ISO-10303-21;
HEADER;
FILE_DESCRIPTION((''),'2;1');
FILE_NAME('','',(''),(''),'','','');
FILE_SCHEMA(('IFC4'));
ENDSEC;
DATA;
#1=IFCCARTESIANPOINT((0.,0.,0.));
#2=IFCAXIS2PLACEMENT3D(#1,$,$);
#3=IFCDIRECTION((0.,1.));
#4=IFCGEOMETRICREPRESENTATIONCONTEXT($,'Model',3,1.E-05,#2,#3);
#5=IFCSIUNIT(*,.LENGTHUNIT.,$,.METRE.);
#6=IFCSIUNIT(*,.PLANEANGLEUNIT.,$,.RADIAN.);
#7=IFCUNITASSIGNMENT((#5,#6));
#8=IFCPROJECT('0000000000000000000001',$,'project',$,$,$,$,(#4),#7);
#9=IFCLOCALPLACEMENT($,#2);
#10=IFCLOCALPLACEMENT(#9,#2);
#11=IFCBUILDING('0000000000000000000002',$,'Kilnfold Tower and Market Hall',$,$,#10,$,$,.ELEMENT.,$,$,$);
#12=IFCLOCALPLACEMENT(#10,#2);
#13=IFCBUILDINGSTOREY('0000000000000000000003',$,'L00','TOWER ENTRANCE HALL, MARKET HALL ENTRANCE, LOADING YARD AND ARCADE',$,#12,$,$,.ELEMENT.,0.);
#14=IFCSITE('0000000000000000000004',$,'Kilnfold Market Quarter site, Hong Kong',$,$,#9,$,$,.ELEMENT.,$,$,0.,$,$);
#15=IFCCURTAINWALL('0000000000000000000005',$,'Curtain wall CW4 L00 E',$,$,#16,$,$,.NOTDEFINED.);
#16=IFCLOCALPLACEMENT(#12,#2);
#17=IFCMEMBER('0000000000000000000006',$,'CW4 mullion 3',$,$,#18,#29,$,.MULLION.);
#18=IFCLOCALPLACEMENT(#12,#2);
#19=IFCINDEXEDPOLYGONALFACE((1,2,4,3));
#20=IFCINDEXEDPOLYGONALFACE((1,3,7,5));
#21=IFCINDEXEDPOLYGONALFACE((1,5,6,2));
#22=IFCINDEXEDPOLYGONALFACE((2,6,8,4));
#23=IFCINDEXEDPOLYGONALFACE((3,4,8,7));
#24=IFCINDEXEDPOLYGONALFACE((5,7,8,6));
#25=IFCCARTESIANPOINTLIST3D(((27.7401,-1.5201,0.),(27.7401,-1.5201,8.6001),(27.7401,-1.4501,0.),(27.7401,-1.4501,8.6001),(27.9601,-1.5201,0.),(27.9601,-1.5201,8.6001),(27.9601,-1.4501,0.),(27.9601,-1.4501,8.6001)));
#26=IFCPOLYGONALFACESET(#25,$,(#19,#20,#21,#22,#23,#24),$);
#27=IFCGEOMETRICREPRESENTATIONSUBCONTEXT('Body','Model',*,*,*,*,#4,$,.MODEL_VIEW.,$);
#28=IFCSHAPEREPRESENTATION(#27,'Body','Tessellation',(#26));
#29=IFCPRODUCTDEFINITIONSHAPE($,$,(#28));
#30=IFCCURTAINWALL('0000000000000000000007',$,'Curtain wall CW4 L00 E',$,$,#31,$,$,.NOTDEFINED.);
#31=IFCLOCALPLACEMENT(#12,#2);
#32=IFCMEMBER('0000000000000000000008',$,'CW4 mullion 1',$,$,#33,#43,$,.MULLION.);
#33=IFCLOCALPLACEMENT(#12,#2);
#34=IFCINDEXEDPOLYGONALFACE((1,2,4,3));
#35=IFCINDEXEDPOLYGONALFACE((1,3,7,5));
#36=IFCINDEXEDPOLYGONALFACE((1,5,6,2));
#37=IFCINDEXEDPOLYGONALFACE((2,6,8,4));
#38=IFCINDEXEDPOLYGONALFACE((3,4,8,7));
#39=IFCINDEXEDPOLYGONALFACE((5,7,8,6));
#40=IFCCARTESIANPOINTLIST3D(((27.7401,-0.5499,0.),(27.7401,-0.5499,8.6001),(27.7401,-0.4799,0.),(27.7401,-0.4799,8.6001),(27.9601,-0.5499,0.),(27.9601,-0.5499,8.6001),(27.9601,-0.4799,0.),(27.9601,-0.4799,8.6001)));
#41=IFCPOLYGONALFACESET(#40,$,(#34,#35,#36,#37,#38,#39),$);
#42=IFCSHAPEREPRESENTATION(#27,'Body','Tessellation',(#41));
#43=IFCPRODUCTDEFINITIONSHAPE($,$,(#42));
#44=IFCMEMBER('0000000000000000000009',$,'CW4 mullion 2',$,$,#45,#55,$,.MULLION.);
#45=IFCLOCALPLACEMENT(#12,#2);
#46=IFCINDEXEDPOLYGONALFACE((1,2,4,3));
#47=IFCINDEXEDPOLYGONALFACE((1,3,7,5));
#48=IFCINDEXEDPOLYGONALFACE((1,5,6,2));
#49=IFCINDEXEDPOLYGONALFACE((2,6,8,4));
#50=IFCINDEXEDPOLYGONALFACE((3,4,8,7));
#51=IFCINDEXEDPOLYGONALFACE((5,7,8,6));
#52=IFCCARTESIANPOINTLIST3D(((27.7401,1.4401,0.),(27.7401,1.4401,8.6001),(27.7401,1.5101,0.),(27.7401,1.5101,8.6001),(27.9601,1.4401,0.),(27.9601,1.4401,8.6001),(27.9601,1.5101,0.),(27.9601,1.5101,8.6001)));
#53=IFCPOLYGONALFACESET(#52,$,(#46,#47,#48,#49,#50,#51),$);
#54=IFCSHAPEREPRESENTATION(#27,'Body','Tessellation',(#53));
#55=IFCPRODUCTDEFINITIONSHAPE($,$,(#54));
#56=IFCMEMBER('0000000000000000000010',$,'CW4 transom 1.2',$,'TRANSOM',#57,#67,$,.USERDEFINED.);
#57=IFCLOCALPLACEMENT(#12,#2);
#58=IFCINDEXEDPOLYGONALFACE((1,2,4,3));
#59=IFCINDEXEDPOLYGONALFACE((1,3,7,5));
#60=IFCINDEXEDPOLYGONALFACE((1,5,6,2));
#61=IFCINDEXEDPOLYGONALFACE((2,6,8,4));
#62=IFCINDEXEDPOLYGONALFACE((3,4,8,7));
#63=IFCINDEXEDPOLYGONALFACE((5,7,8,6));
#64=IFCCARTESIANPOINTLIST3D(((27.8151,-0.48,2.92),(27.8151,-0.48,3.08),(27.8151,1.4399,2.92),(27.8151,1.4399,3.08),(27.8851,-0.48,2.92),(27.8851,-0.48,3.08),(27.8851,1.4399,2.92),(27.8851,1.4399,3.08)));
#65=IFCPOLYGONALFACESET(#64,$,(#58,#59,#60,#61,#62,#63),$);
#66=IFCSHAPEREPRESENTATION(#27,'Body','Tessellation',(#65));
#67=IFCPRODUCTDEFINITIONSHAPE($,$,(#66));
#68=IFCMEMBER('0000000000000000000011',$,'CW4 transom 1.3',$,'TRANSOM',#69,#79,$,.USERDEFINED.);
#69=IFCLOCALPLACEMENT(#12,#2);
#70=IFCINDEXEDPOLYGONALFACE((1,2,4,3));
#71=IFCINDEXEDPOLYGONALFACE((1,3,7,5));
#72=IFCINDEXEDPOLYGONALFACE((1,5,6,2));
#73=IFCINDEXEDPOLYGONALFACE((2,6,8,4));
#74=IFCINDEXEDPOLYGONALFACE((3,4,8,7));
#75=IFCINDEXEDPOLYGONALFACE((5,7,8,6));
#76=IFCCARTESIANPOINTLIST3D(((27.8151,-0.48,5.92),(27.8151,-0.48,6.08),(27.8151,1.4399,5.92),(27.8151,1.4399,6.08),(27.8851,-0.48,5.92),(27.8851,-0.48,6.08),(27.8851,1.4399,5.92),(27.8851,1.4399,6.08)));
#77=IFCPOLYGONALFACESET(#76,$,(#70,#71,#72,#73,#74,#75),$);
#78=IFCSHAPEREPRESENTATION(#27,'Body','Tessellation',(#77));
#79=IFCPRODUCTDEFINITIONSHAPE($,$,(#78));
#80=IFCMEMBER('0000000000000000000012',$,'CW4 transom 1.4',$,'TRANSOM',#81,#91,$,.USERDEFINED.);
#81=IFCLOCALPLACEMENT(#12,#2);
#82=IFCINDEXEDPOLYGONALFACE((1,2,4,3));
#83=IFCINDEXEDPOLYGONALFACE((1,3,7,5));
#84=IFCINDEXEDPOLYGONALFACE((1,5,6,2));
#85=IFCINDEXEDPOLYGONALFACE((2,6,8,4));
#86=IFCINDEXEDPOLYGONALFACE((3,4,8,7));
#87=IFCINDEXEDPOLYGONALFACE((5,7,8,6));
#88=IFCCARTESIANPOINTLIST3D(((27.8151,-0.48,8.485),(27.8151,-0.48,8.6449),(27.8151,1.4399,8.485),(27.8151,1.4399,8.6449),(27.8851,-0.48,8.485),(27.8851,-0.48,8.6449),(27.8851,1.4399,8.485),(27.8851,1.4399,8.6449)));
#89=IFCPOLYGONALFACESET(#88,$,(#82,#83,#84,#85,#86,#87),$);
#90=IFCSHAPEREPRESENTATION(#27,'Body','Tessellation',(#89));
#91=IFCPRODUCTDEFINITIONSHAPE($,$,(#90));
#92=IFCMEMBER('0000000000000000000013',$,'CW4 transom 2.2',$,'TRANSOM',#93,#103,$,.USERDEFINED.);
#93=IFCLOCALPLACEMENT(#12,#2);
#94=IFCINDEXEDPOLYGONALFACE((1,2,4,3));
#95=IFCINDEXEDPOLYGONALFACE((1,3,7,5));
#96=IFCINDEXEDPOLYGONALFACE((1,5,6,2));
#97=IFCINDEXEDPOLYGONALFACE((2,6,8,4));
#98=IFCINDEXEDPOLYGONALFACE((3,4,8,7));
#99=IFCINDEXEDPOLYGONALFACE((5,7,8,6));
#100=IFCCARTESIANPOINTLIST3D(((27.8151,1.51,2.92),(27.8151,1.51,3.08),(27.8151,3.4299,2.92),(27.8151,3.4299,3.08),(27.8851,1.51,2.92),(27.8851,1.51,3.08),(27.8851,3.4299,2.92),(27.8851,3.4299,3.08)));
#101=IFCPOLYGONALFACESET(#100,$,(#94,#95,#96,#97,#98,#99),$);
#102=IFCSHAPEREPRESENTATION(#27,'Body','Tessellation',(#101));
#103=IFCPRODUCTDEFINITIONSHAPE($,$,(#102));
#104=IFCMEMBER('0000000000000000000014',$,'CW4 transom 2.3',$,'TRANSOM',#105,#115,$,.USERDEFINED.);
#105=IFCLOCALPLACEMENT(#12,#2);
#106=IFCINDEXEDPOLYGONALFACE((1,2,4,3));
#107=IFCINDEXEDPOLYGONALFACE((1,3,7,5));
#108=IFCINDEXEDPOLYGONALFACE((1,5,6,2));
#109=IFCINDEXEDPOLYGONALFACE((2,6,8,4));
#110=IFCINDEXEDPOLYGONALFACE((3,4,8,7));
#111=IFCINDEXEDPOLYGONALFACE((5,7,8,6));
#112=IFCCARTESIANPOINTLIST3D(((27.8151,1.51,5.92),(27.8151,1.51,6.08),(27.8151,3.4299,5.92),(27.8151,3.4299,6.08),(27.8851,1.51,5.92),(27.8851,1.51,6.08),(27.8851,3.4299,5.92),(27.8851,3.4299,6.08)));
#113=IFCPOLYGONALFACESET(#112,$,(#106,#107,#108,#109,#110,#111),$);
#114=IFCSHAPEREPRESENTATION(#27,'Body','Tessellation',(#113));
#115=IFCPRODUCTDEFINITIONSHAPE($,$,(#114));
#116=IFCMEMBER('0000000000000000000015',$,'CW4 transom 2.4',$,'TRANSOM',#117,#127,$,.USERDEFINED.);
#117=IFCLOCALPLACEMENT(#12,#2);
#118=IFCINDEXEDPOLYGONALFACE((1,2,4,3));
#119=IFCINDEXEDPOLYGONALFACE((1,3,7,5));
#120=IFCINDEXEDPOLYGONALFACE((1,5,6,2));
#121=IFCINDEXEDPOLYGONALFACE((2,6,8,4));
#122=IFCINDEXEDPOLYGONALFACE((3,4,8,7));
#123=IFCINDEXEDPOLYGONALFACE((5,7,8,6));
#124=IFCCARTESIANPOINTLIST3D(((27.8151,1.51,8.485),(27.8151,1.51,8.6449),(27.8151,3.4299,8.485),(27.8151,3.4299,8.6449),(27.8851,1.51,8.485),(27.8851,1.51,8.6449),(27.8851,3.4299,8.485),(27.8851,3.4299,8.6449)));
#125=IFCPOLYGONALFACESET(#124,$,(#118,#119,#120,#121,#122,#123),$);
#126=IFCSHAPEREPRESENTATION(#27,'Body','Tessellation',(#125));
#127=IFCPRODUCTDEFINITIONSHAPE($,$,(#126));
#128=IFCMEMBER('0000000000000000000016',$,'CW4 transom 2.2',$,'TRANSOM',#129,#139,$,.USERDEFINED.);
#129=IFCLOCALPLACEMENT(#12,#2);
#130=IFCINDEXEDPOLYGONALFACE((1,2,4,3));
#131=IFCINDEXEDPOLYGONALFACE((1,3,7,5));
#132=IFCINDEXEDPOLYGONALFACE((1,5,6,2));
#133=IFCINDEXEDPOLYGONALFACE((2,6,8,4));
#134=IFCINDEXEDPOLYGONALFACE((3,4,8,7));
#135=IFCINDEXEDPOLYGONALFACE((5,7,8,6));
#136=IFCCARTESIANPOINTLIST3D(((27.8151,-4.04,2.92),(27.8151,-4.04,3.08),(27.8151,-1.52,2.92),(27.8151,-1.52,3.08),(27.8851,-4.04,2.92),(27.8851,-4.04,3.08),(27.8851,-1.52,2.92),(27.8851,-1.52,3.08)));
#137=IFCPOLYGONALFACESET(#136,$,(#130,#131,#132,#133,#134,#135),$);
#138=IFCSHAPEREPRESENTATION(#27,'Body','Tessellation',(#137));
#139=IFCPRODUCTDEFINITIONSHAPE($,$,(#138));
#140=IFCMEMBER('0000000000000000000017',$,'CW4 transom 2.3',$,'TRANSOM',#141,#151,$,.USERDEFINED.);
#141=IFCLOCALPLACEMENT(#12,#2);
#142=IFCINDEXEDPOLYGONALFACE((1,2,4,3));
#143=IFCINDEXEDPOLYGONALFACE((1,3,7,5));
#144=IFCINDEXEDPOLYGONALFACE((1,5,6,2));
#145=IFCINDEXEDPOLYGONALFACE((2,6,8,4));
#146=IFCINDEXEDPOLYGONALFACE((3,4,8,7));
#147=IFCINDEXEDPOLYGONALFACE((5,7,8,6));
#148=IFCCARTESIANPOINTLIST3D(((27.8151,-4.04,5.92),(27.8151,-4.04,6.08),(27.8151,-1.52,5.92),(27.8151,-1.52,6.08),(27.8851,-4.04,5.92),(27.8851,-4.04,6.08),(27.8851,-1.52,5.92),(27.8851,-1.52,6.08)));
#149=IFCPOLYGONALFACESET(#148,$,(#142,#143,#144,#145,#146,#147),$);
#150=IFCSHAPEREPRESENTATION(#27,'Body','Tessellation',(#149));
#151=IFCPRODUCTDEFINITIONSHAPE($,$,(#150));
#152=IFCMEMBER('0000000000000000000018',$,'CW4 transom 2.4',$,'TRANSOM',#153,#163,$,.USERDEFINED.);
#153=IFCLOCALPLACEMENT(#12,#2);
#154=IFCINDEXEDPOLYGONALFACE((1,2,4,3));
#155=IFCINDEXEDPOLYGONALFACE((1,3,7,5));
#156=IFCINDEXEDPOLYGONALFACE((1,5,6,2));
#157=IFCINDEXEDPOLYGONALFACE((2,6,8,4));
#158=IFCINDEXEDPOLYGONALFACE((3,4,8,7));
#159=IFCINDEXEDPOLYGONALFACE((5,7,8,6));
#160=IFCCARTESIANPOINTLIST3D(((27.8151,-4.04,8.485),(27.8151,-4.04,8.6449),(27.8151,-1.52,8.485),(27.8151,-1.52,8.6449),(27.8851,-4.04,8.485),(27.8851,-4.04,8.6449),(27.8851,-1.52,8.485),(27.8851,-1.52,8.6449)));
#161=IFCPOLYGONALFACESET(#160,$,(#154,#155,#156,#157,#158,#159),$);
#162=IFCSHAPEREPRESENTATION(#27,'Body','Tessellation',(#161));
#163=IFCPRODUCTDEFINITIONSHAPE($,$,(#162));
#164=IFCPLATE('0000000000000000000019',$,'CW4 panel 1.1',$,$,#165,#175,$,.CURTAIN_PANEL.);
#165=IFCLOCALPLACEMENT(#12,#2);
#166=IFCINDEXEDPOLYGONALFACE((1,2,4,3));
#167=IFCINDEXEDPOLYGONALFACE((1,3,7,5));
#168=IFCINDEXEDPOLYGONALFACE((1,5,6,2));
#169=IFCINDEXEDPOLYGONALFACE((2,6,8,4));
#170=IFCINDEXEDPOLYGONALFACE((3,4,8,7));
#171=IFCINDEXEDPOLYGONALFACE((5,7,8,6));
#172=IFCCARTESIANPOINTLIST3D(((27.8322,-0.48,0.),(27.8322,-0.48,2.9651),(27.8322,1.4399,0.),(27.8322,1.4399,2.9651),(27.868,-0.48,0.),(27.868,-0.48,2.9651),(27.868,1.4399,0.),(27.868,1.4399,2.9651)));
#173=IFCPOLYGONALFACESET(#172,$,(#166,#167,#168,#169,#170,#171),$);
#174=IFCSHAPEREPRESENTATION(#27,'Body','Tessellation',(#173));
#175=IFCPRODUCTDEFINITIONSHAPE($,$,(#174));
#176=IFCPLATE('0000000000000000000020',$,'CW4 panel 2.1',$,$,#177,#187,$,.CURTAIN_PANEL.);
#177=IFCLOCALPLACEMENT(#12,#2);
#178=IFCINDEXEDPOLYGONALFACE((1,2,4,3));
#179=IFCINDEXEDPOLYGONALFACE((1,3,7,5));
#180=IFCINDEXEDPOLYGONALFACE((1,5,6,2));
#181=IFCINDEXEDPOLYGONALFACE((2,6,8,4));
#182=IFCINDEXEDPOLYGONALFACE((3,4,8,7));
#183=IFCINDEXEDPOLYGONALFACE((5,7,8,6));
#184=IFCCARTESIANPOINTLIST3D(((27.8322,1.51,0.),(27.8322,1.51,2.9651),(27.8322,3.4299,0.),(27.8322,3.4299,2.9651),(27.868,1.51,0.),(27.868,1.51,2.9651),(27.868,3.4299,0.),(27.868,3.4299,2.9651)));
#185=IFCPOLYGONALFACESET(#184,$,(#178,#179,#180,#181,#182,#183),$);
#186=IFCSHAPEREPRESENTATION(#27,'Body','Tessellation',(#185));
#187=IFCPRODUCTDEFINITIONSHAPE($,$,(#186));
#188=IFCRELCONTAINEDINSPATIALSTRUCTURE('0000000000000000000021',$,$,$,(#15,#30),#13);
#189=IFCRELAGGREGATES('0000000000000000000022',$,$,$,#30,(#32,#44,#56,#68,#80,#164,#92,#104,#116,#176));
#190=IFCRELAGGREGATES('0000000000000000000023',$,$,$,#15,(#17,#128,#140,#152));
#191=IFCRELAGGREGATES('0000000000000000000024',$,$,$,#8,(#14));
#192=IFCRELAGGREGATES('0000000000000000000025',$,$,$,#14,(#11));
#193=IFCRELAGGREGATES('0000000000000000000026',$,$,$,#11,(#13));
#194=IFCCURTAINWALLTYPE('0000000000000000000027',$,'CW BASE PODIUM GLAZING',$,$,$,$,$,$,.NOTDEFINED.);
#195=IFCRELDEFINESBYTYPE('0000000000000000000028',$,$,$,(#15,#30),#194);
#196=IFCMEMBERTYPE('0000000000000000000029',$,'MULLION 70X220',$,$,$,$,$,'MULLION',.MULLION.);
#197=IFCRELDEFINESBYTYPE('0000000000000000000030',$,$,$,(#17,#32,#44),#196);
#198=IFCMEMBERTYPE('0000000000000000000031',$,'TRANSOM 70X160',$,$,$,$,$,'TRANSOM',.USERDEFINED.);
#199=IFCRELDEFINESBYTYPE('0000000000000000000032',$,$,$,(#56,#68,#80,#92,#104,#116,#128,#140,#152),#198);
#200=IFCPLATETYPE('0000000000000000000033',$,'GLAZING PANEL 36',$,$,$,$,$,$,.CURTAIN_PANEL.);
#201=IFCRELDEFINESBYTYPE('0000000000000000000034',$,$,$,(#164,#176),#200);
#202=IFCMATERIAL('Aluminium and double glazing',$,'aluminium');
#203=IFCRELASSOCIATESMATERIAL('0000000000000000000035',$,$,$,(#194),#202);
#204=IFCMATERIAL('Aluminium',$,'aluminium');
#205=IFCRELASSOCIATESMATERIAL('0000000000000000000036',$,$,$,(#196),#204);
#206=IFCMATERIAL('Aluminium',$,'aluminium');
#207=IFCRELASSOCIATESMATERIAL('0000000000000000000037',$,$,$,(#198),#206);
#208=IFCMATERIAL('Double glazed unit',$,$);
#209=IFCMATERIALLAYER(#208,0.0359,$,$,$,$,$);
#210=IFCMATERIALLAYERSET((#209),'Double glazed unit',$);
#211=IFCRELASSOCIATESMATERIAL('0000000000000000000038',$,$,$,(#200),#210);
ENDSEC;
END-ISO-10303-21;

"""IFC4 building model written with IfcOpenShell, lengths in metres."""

from ifc_helpers import new_model, si_unit, direction, frame, origin, origin_2d, place, context, subcontext, project, spatial, rectangle, extrude, source, transform, mapped, material, layer, layer_set, material_profile, profile_set, type_object, element, aggregate, save


model = new_model("IFC4")

# Units and contexts
model_context = context("Model", 3, precision=1e-05, world=origin(), true_north=direction((0.0, 1.0)))
body_context = subcontext(model_context, "Body", "Model", "MODEL_VIEW")
ifc_project = project(units=[si_unit("LENGTHUNIT", "METRE"), si_unit("PLANEANGLEUNIT", "RADIAN")], contexts=[model_context])

# Site, building, storey
site_placement = place(None, origin())
site = spatial("IfcSite", under=ifc_project, at=site_placement, Name="Kilnfold Market Quarter site, Hong Kong", CompositionType="ELEMENT", RefElevation=0.0)
building_placement = place(site_placement, origin())
building = spatial("IfcBuilding", under=site, at=building_placement, Name="Kilnfold Tower and Market Hall", CompositionType="ELEMENT")
storey_placement = place(building_placement, origin())
storey = spatial("IfcBuildingStorey", under=building, at=storey_placement, Name="L00", Description="TOWER ENTRANCE HALL, MARKET HALL ENTRANCE, LOADING YARD AND ARCADE", CompositionType="ELEMENT", Elevation=0.0)

# Curtain wall, member
ifc_material_1 = material(Name="Aluminium and double glazing", Category="aluminium")
curtain_wall_type = type_object("IfcCurtainWallType", Name="CW BASE PODIUM GLAZING", PredefinedType="NOTDEFINED", material=ifc_material_1)
curtain_wall_1_placement = place(storey_placement, origin())
curtain_wall_1 = element("IfcCurtainWall", 1, at=curtain_wall_1_placement, inside=storey, type_object=curtain_wall_type, Name="Curtain wall CW4 L00 E", PredefinedType="NOTDEFINED")
ifc_material_2 = material(Name="Aluminium", Category="aluminium")
ifc_material_profile_1 = material_profile(ifc_material_2, rectangle(XDim=0.0701, YDim=0.22, at=origin_2d()), Name="MULLION 70x220")
ifc_profile_set_1 = profile_set([ifc_material_profile_1], Name="Aluminium")
member_type_1 = type_object("IfcMemberType", Name="MULLION 70X220", ElementType="MULLION", PredefinedType="MULLION", material=ifc_profile_set_1)
shared_shape_1 = source(origin(), body_context, "Body", "SweptSolid", [
    extrude(rectangle(XDim=0.0701, YDim=0.22, at=origin_2d()), origin(), (0.0, 0.0, 1.0), 8.6001),
])
member_1_placement = place(storey_placement, frame((27.8501, -1.4851, 0.0), z_axis=(0.0, 0.0, 1.0), x_axis=(0.0, 1.0, 0.0)))
member_1 = element("IfcMember", 2, at=member_1_placement, type_object=member_type_1, Name="CW4 mullion 3", PredefinedType="MULLION", context=body_context, shape_type="MappedRepresentation", body=[
    mapped(shared_shape_1, transform((0.0, 0.0, 0.0))),
])

# Curtain wall, members
curtain_wall_2_placement = place(storey_placement, origin())
curtain_wall_2 = element("IfcCurtainWall", 3, at=curtain_wall_2_placement, inside=storey, type_object=curtain_wall_type, Name="Curtain wall CW4 L00 E", PredefinedType="NOTDEFINED")
member_2_placement = place(storey_placement, frame((27.8501, -0.5149, 0.0), z_axis=(0.0, 0.0, 1.0), x_axis=(0.0, 1.0, 0.0)))
member_2 = element("IfcMember", 4, at=member_2_placement, type_object=member_type_1, Name="CW4 mullion 1", PredefinedType="MULLION", context=body_context, shape_type="MappedRepresentation", body=[
    mapped(shared_shape_1, transform((0.0, 0.0, 0.0))),
])
member_3_placement = place(storey_placement, frame((27.8501, 1.4751, 0.0), z_axis=(0.0, 0.0, 1.0), x_axis=(0.0, 1.0, 0.0)))
member_3 = element("IfcMember", 5, at=member_3_placement, type_object=member_type_1, Name="CW4 mullion 2", PredefinedType="MULLION", context=body_context, shape_type="MappedRepresentation", body=[
    mapped(shared_shape_1, transform((0.0, 0.0, 0.0))),
])
ifc_material_3 = material(Name="Aluminium", Category="aluminium")
ifc_material_profile_2 = material_profile(ifc_material_3, rectangle(XDim=0.0701, YDim=0.1599, at=origin_2d()), Name="TRANSOM 70x160")
ifc_profile_set_2 = profile_set([ifc_material_profile_2], Name="Aluminium")
member_type_2 = type_object("IfcMemberType", Name="TRANSOM 70X160", ElementType="TRANSOM", PredefinedType="USERDEFINED", material=ifc_profile_set_2)
shared_shape_2 = source(origin(), body_context, "Body", "SweptSolid", [
    extrude(rectangle(XDim=0.0701, YDim=0.1599, at=origin_2d()), origin(), (0.0, 0.0, 1.0), 1.9199),
])
member_4_placement = place(storey_placement, frame((27.8501, -0.48, 3.0), z_axis=(0.0, 1.0, 0.0), x_axis=(-1.0, 0.0, 0.0)))
member_4 = element("IfcMember", 6, at=member_4_placement, type_object=member_type_2, Name="CW4 transom 1.2", ObjectType="TRANSOM", PredefinedType="USERDEFINED", context=body_context, shape_type="MappedRepresentation", body=[
    mapped(shared_shape_2, transform((0.0, 0.0, 0.0))),
])
member_5_placement = place(storey_placement, frame((27.8501, -0.48, 6.0), z_axis=(0.0, 1.0, 0.0), x_axis=(-1.0, 0.0, 0.0)))
member_5 = element("IfcMember", 7, at=member_5_placement, type_object=member_type_2, Name="CW4 transom 1.3", ObjectType="TRANSOM", PredefinedType="USERDEFINED", context=body_context, shape_type="MappedRepresentation", body=[
    mapped(shared_shape_2, transform((0.0, 0.0, 0.0))),
])
member_6_placement = place(storey_placement, frame((27.8501, -0.48, 8.5649), z_axis=(0.0, 1.0, 0.0), x_axis=(-1.0, 0.0, 0.0)))
member_6 = element("IfcMember", 8, at=member_6_placement, type_object=member_type_2, Name="CW4 transom 1.4", ObjectType="TRANSOM", PredefinedType="USERDEFINED", context=body_context, shape_type="MappedRepresentation", body=[
    mapped(shared_shape_2, transform((0.0, 0.0, 0.0))),
])
member_7_placement = place(storey_placement, frame((27.8501, 1.51, 3.0), z_axis=(0.0, 1.0, 0.0), x_axis=(-1.0, 0.0, 0.0)))
member_7 = element("IfcMember", 9, at=member_7_placement, type_object=member_type_2, Name="CW4 transom 2.2", ObjectType="TRANSOM", PredefinedType="USERDEFINED", context=body_context, shape_type="MappedRepresentation", body=[
    mapped(shared_shape_2, transform((0.0, 0.0, 0.0))),
])
member_8_placement = place(storey_placement, frame((27.8501, 1.51, 6.0), z_axis=(0.0, 1.0, 0.0), x_axis=(-1.0, 0.0, 0.0)))
member_8 = element("IfcMember", 10, at=member_8_placement, type_object=member_type_2, Name="CW4 transom 2.3", ObjectType="TRANSOM", PredefinedType="USERDEFINED", context=body_context, shape_type="MappedRepresentation", body=[
    mapped(shared_shape_2, transform((0.0, 0.0, 0.0))),
])
member_9_placement = place(storey_placement, frame((27.8501, 1.51, 8.5649), z_axis=(0.0, 1.0, 0.0), x_axis=(-1.0, 0.0, 0.0)))
member_9 = element("IfcMember", 11, at=member_9_placement, type_object=member_type_2, Name="CW4 transom 2.4", ObjectType="TRANSOM", PredefinedType="USERDEFINED", context=body_context, shape_type="MappedRepresentation", body=[
    mapped(shared_shape_2, transform((0.0, 0.0, 0.0))),
])

# Members
shared_shape_3 = source(origin(), body_context, "Body", "SweptSolid", [
    extrude(rectangle(XDim=0.0701, YDim=0.1599, at=origin_2d()), origin(), (0.0, 0.0, 1.0), 2.52),
])
member_10_placement = place(storey_placement, frame((27.8501, -4.04, 3.0), z_axis=(0.0, 1.0, 0.0), x_axis=(-1.0, 0.0, 0.0)))
member_10 = element("IfcMember", 12, at=member_10_placement, type_object=member_type_2, Name="CW4 transom 2.2", ObjectType="TRANSOM", PredefinedType="USERDEFINED", context=body_context, shape_type="MappedRepresentation", body=[
    mapped(shared_shape_3, transform((0.0, 0.0, 0.0))),
])
member_11_placement = place(storey_placement, frame((27.8501, -4.04, 6.0), z_axis=(0.0, 1.0, 0.0), x_axis=(-1.0, 0.0, 0.0)))
member_11 = element("IfcMember", 13, at=member_11_placement, type_object=member_type_2, Name="CW4 transom 2.3", ObjectType="TRANSOM", PredefinedType="USERDEFINED", context=body_context, shape_type="MappedRepresentation", body=[
    mapped(shared_shape_3, transform((0.0, 0.0, 0.0))),
])
member_12_placement = place(storey_placement, frame((27.8501, -4.04, 8.5649), z_axis=(0.0, 1.0, 0.0), x_axis=(-1.0, 0.0, 0.0)))
member_12 = element("IfcMember", 14, at=member_12_placement, type_object=member_type_2, Name="CW4 transom 2.4", ObjectType="TRANSOM", PredefinedType="USERDEFINED", context=body_context, shape_type="MappedRepresentation", body=[
    mapped(shared_shape_3, transform((0.0, 0.0, 0.0))),
])

# Plates
ifc_material_4 = material(Name="Double glazed unit")
ifc_layer = layer(ifc_material_4, 0.0359)
ifc_layer_set = layer_set([ifc_layer], Name="Double glazed unit")
plate_type = type_object("IfcPlateType", Name="GLAZING PANEL 36", PredefinedType="CURTAIN_PANEL", material=ifc_layer_set)
shared_shape_4 = source(origin(), body_context, "Body", "SweptSolid", [
    extrude(rectangle(XDim=1.9199, YDim=0.0359, at=origin_2d()), origin(), (0.0, 0.0, 1.0), 2.9651),
])
plate_1_placement = place(storey_placement, frame((27.8501, 0.48, 0.0), z_axis=(0.0, 0.0, 1.0), x_axis=(0.0, 1.0, 0.0)))
plate_1 = element("IfcPlate", 15, at=plate_1_placement, type_object=plate_type, Name="CW4 panel 1.1", PredefinedType="CURTAIN_PANEL", context=body_context, shape_type="MappedRepresentation", body=[
    mapped(shared_shape_4, transform((0.0, 0.0, 0.0))),
])
plate_2_placement = place(storey_placement, frame((27.8501, 2.47, 0.0), z_axis=(0.0, 0.0, 1.0), x_axis=(0.0, 1.0, 0.0)))
plate_2 = element("IfcPlate", 16, at=plate_2_placement, type_object=plate_type, Name="CW4 panel 2.1", PredefinedType="CURTAIN_PANEL", context=body_context, shape_type="MappedRepresentation", body=[
    mapped(shared_shape_4, transform((0.0, 0.0, 0.0))),
])
aggregate(curtain_wall_2, [member_2, member_3, member_4, member_5, member_6, plate_1, member_7, member_8, member_9, plate_2])
aggregate(curtain_wall_1, [member_1, member_10, member_11, member_12])

save(model, "model.ifc")
